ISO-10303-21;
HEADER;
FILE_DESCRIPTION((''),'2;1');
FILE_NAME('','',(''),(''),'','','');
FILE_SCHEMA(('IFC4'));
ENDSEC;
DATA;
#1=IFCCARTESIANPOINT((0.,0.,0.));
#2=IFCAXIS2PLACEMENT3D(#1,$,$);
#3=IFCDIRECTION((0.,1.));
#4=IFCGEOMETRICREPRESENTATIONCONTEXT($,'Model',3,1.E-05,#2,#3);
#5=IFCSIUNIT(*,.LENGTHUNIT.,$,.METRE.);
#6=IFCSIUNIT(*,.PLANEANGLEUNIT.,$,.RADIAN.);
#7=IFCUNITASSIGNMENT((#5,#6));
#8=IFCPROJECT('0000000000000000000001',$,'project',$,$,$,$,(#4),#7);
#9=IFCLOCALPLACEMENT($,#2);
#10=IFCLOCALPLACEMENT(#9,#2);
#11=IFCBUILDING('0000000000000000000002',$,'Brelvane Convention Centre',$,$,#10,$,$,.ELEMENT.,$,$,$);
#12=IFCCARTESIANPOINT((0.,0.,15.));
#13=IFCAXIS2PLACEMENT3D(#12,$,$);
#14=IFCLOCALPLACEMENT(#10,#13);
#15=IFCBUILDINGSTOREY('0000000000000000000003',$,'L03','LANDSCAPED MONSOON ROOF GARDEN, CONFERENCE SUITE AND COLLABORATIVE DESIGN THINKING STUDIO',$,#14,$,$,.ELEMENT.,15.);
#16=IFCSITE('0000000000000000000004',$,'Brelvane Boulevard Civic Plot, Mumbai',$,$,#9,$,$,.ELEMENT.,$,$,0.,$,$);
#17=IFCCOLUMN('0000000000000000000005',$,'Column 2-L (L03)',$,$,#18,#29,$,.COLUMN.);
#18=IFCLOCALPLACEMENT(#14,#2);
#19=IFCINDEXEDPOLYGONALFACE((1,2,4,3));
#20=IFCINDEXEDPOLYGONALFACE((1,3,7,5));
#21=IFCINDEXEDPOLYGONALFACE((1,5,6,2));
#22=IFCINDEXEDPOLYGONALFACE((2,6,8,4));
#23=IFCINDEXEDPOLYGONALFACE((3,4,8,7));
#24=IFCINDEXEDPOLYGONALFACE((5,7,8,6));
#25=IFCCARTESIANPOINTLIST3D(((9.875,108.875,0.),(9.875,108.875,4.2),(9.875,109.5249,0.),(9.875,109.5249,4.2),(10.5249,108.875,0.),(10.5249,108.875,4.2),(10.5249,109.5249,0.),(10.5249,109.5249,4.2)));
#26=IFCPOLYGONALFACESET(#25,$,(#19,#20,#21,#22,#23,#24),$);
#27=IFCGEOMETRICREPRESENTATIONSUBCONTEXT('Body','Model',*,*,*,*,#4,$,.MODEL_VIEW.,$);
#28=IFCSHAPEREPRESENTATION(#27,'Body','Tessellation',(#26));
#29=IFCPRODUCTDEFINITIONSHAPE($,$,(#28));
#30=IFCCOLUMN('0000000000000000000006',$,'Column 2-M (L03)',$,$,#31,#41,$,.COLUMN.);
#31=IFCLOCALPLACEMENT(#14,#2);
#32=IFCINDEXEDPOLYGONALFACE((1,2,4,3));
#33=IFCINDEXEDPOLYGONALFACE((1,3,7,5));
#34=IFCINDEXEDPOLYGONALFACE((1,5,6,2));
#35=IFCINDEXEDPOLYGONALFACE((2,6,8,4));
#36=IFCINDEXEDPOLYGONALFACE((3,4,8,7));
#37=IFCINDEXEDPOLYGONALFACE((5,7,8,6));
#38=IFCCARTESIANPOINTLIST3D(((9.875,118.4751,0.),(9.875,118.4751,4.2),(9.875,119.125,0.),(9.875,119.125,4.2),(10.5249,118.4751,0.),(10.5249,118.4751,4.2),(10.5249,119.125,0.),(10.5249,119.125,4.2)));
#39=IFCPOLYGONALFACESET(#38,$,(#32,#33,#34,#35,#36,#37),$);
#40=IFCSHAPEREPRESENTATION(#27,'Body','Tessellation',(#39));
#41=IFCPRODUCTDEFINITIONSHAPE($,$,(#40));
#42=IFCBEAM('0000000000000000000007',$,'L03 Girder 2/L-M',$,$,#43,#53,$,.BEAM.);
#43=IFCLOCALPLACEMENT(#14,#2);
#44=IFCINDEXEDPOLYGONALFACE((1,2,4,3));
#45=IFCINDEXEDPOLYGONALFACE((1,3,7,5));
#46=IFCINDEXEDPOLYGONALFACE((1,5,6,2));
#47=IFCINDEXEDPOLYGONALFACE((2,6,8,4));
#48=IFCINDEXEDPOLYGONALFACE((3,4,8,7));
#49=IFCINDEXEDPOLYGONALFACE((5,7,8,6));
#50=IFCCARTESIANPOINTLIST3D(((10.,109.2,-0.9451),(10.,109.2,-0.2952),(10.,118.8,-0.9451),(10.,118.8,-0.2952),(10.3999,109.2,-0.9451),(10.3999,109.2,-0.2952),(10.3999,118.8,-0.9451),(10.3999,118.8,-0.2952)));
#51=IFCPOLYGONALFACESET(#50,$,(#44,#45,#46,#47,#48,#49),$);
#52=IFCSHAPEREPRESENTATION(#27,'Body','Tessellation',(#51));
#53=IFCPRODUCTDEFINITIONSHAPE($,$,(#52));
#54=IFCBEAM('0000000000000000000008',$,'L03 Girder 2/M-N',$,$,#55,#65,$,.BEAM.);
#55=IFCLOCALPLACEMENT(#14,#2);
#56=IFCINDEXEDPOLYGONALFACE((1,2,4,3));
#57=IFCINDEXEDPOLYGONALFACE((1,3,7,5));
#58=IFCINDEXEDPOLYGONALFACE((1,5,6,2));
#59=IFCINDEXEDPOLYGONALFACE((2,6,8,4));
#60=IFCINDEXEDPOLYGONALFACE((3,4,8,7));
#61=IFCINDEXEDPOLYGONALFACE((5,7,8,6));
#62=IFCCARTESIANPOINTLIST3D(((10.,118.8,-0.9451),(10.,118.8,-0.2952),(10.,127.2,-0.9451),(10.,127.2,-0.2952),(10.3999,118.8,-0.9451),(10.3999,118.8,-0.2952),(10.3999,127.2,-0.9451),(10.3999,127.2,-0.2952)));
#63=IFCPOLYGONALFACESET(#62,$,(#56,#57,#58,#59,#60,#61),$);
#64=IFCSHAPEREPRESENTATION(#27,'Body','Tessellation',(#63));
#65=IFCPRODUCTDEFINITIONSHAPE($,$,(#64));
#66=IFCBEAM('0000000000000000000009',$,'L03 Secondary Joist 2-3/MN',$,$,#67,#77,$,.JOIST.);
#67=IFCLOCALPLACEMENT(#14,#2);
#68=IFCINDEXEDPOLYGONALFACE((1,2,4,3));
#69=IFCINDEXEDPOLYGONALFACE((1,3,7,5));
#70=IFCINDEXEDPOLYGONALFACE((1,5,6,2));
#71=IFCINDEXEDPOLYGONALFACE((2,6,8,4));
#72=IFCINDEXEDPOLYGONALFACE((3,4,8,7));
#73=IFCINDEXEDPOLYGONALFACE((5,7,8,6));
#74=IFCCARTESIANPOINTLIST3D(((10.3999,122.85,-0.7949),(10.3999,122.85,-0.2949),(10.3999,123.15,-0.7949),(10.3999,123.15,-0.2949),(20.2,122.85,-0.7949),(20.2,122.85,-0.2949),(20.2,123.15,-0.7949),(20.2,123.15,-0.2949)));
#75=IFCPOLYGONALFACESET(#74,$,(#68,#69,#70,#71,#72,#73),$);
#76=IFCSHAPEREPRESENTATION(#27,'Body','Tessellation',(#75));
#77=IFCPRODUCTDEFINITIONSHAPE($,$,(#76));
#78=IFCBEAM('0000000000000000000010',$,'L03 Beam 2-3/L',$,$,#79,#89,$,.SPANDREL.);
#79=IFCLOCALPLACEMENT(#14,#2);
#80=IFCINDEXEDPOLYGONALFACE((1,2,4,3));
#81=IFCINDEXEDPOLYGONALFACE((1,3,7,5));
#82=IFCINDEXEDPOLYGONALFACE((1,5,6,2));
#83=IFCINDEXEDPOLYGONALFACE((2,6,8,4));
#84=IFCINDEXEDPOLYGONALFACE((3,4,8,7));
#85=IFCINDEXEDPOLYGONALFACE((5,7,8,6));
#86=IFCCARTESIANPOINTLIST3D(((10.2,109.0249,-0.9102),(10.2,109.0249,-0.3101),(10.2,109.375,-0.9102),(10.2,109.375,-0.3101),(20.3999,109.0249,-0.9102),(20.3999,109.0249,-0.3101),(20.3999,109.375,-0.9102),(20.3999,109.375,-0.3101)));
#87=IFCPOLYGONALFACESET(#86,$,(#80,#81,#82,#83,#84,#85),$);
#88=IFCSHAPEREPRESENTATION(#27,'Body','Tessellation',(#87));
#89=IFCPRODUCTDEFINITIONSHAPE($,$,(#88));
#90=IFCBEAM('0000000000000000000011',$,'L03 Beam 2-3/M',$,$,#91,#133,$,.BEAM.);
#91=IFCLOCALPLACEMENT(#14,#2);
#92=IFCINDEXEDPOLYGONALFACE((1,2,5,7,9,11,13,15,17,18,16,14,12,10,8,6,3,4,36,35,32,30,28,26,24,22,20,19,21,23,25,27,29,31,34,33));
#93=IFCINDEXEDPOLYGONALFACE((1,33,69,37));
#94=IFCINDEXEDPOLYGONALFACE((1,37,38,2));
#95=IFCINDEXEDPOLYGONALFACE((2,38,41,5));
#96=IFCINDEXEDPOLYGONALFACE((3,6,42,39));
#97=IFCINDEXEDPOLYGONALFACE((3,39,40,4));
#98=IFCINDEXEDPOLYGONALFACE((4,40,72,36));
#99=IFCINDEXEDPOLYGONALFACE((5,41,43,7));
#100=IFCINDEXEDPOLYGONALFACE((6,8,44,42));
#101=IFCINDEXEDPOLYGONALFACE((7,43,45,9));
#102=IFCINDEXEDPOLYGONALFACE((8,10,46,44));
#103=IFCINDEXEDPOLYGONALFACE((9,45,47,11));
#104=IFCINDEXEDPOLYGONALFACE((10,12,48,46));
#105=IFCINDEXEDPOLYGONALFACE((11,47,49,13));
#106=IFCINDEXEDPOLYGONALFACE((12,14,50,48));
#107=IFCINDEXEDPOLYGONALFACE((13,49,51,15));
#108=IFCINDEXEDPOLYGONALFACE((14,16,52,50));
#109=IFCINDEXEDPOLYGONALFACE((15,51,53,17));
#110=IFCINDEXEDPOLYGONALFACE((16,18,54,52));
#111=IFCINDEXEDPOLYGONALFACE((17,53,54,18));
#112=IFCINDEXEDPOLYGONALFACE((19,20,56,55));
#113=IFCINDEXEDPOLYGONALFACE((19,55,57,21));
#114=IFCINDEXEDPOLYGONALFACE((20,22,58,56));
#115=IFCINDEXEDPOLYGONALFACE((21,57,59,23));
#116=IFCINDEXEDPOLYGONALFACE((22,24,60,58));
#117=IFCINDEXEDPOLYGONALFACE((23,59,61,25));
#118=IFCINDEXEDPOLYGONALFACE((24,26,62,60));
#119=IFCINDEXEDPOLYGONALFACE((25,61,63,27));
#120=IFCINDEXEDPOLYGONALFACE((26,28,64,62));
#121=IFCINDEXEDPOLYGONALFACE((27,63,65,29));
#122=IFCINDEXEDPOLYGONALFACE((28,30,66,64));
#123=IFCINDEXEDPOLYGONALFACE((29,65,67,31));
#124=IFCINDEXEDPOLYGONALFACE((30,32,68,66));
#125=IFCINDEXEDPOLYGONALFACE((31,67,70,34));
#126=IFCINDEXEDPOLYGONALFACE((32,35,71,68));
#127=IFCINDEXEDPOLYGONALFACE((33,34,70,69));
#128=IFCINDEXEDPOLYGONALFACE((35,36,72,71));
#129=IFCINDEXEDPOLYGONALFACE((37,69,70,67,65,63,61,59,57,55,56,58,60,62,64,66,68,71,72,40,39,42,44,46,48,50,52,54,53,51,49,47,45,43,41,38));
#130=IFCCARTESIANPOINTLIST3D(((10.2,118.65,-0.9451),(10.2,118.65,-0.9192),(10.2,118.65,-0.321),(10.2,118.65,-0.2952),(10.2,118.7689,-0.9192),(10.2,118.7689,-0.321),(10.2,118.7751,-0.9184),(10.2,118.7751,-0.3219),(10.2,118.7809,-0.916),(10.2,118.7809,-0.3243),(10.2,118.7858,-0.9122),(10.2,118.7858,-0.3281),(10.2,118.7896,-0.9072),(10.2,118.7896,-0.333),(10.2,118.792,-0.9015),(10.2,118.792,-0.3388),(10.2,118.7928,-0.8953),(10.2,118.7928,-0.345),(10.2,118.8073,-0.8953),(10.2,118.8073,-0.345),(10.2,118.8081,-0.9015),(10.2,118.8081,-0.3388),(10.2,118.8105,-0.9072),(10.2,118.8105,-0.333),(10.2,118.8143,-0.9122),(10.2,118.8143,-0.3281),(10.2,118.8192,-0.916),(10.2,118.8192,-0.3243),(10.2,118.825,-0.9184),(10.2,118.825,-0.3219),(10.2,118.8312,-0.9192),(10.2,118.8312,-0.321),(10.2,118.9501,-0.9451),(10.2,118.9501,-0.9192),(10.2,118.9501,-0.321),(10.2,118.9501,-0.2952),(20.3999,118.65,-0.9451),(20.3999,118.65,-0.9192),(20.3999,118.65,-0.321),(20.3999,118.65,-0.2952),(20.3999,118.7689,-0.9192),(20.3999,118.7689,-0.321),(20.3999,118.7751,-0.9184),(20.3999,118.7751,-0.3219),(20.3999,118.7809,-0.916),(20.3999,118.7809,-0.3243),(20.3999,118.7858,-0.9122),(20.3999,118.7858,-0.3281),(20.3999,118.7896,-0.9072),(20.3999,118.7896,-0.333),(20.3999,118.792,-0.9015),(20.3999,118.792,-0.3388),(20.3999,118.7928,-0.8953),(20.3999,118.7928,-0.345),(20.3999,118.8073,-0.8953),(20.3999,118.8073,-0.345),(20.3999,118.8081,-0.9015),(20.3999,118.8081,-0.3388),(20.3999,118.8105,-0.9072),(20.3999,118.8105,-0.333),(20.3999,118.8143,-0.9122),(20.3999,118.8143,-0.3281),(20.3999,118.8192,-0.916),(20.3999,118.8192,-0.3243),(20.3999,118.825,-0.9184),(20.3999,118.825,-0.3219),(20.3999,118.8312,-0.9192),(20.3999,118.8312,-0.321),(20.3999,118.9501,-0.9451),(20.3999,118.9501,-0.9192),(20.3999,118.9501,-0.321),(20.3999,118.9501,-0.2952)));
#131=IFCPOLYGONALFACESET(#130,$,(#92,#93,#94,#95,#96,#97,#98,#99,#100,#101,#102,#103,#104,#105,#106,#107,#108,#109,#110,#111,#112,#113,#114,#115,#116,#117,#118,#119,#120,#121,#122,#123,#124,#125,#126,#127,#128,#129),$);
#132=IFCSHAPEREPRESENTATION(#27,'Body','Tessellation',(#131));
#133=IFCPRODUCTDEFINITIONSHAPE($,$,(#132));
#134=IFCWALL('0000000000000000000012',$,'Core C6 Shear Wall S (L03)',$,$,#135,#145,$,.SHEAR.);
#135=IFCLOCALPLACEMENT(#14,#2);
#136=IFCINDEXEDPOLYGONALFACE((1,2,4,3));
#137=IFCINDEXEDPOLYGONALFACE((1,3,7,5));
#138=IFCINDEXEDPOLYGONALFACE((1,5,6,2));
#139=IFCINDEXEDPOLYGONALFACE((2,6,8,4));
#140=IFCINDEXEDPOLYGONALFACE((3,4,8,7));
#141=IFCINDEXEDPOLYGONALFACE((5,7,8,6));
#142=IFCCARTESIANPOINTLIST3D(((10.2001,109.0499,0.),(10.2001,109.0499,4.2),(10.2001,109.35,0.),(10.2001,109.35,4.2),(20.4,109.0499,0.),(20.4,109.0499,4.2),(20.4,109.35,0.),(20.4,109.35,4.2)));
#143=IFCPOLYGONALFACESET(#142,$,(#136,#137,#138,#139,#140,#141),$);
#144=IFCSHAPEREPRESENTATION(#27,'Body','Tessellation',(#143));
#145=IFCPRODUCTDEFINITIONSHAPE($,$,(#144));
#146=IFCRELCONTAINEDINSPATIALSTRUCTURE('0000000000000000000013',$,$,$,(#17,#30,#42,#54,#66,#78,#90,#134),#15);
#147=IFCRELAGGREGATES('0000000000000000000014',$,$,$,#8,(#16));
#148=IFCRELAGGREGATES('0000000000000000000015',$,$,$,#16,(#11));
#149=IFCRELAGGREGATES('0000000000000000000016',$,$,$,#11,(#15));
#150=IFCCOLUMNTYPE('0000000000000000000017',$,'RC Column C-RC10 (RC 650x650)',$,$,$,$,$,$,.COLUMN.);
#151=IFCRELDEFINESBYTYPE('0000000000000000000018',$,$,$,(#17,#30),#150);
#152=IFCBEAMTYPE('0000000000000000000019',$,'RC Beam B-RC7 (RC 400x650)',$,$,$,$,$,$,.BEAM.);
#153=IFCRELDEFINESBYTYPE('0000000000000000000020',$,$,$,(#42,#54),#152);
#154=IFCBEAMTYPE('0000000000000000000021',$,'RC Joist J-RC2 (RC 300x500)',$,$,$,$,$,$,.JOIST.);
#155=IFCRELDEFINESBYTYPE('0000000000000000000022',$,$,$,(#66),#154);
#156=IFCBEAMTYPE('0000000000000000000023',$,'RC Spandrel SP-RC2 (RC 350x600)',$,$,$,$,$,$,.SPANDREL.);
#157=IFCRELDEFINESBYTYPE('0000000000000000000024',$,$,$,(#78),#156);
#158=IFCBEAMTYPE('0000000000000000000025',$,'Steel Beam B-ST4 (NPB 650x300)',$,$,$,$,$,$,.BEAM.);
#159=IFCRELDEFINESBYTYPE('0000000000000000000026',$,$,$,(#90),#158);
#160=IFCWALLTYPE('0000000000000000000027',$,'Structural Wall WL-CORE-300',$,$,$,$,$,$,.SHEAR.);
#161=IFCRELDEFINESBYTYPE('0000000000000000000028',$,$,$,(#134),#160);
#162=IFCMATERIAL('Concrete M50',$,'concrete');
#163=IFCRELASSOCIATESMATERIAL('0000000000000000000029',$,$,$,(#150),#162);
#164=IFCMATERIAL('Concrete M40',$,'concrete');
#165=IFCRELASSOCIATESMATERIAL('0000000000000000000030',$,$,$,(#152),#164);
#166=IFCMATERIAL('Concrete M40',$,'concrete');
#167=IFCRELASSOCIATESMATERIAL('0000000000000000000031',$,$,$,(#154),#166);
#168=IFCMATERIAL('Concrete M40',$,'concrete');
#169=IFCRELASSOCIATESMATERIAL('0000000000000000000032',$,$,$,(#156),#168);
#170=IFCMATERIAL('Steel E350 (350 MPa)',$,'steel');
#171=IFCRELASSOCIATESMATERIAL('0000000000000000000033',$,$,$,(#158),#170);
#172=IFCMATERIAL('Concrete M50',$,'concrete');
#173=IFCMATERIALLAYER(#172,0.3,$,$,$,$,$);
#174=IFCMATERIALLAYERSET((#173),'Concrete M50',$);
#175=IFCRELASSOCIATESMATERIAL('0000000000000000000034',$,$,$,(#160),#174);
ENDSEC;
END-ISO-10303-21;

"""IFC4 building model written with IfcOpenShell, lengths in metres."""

from ifc_helpers import new_model, si_unit, direction, frame, frame_2d, origin, origin_2d, place, context, subcontext, project, spatial, rectangle, i_section, extrude, material, layer, layer_set, material_profile, profile_set, type_object, element, save


model = new_model("IFC4")

# Units and contexts
model_context = context("Model", 3, precision=1e-05, world=origin(), true_north=direction((0.0, 1.0)))
body_context = subcontext(model_context, "Body", "Model", "MODEL_VIEW")
ifc_project = project(units=[si_unit("LENGTHUNIT", "METRE"), si_unit("PLANEANGLEUNIT", "RADIAN")], contexts=[model_context])

# Site, building, storey
site_placement = place(None, origin())
site = spatial("IfcSite", under=ifc_project, at=site_placement, Name="Brelvane Boulevard Civic Plot, Mumbai", CompositionType="ELEMENT", RefElevation=0.0)
building_placement = place(site_placement, origin())
building = spatial("IfcBuilding", under=site, at=building_placement, Name="Brelvane Convention Centre", CompositionType="ELEMENT")
storey_placement = place(building_placement, frame((0.0, 0.0, 15.0)))
storey = spatial("IfcBuildingStorey", under=building, at=storey_placement, Name="L03", Description="LANDSCAPED MONSOON ROOF GARDEN, CONFERENCE SUITE AND COLLABORATIVE DESIGN THINKING STUDIO", CompositionType="ELEMENT", Elevation=15.0)

# Columns
ifc_material_1 = material(Name="Concrete M50", Category="concrete")
ifc_material_profile_1 = material_profile(ifc_material_1, rectangle(XDim=0.6499, YDim=0.6499, at=origin_2d()), Name="RC 650x650")
ifc_profile_set_1 = profile_set([ifc_material_profile_1], Name="Concrete M50")
column_type = type_object("IfcColumnType", Name="RC Column C-RC10 (RC 650x650)", PredefinedType="COLUMN", material=ifc_profile_set_1)
for number, where, z_axis, x_axis, name in (
    (1, (10.2, 109.2, 0.0), (0.0, 0.0, 1.0), (1.0, 0.0, 0.0), "Column 2-L (L03)"),
    (2, (10.2, 118.8, 0.0), (0.0, 0.0, 1.0), (1.0, 0.0, 0.0), "Column 2-M (L03)"),
):
    element("IfcColumn", number, at=place(storey_placement, frame(where, z_axis=z_axis, x_axis=x_axis)), inside=storey, type_object=column_type, Name=name, PredefinedType="COLUMN", context=body_context, shape_type="SweptSolid", body=[
        extrude(rectangle(XDim=0.6499, YDim=0.6499, at=origin_2d()), origin(), (0.0, 0.0, 1.0), 4.2),
    ])

# Beams
ifc_material_2 = material(Name="Concrete M40", Category="concrete")
ifc_material_profile_2 = material_profile(ifc_material_2, rectangle(XDim=0.3999, YDim=0.6499, at=origin_2d()), Name="RC 400x650")
ifc_profile_set_2 = profile_set([ifc_material_profile_2], Name="Concrete M40")
beam_type_1 = type_object("IfcBeamType", Name="RC Beam B-RC7 (RC 400x650)", PredefinedType="BEAM", material=ifc_profile_set_2)
beam_1_placement = place(storey_placement, frame((10.2, 109.2, -0.6201), z_axis=(0.0, 1.0, 0.0), x_axis=(-1.0, 0.0, 0.0)))
element("IfcBeam", 3, at=beam_1_placement, inside=storey, type_object=beam_type_1, Name="L03 Girder 2/L-M", PredefinedType="BEAM", context=body_context, shape_type="SweptSolid", body=[
    extrude(rectangle(XDim=0.3999, YDim=0.6499, at=origin_2d()), origin(), (0.0, 0.0, 1.0), 9.6001),
])
beam_2_placement = place(storey_placement, frame((10.2, 118.8, -0.6201), z_axis=(0.0, 1.0, 0.0), x_axis=(-1.0, 0.0, 0.0)))
element("IfcBeam", 4, at=beam_2_placement, inside=storey, type_object=beam_type_1, Name="L03 Girder 2/M-N", PredefinedType="BEAM", context=body_context, shape_type="SweptSolid", body=[
    extrude(rectangle(XDim=0.3999, YDim=0.6499, at=origin_2d()), origin(), (0.0, 0.0, 1.0), 8.3999),
])
ifc_material_3 = material(Name="Concrete M40", Category="concrete")
ifc_material_profile_3 = material_profile(ifc_material_3, rectangle(XDim=0.3, YDim=0.5, at=origin_2d()), Name="RC 300x500")
ifc_profile_set_3 = profile_set([ifc_material_profile_3], Name="Concrete M40")
beam_type_2 = type_object("IfcBeamType", Name="RC Joist J-RC2 (RC 300x500)", PredefinedType="JOIST", material=ifc_profile_set_3)
beam_3_placement = place(storey_placement, frame((10.3999, 123.0, -0.5449), z_axis=(1.0, 0.0, 0.0), x_axis=(0.0, 1.0, 0.0)))
element("IfcBeam", 5, at=beam_3_placement, inside=storey, type_object=beam_type_2, Name="L03 Secondary Joist 2-3/MN", PredefinedType="JOIST", context=body_context, shape_type="SweptSolid", body=[
    extrude(rectangle(XDim=0.3, YDim=0.5, at=origin_2d()), origin(), (0.0, 0.0, 1.0), 9.8),
])
ifc_material_4 = material(Name="Concrete M40", Category="concrete")
ifc_material_profile_4 = material_profile(ifc_material_4, rectangle(XDim=0.3501, YDim=0.6001, at=origin_2d()), Name="RC 350x600")
ifc_profile_set_4 = profile_set([ifc_material_profile_4], Name="Concrete M40")
beam_type_3 = type_object("IfcBeamType", Name="RC Spandrel SP-RC2 (RC 350x600)", PredefinedType="SPANDREL", material=ifc_profile_set_4)
beam_4_placement = place(storey_placement, frame((10.2, 109.2, -0.6101), z_axis=(1.0, 0.0, 0.0), x_axis=(0.0, 1.0, 0.0)))
element("IfcBeam", 6, at=beam_4_placement, inside=storey, type_object=beam_type_3, Name="L03 Beam 2-3/L", PredefinedType="SPANDREL", context=body_context, shape_type="SweptSolid", body=[
    extrude(rectangle(XDim=0.3501, YDim=0.6001, at=origin_2d()), origin(), (0.0, 0.0, 1.0), 10.2),
])
ifc_material_5 = material(Name="Steel E350 (350 MPa)", Category="steel")
ifc_material_profile_5 = material_profile(ifc_material_5, i_section(OverallWidth=0.3, OverallDepth=0.6499, WebThickness=0.0144, FlangeThickness=0.0259, FilletRadius=0.0239, at=origin_2d()), Name="NPB 650x300")
ifc_profile_set_5 = profile_set([ifc_material_profile_5], Name="Steel E350 (350 MPa)")
beam_type_4 = type_object("IfcBeamType", Name="Steel Beam B-ST4 (NPB 650x300)", PredefinedType="BEAM", material=ifc_profile_set_5)
beam_5_placement = place(storey_placement, frame((10.2, 118.8, -0.6201), z_axis=(1.0, 0.0, 0.0), x_axis=(0.0, 1.0, 0.0)))
element("IfcBeam", 7, at=beam_5_placement, inside=storey, type_object=beam_type_4, Name="L03 Beam 2-3/M", PredefinedType="BEAM", context=body_context, shape_type="SweptSolid", body=[
    extrude(i_section(OverallWidth=0.3, OverallDepth=0.6499, WebThickness=0.0144, FlangeThickness=0.0259, FilletRadius=0.0239, at=origin_2d()), origin(), (0.0, 0.0, 1.0), 10.2),
])

# Wall
ifc_material_6 = material(Name="Concrete M50", Category="concrete")
ifc_layer = layer(ifc_material_6, 0.3)
ifc_layer_set = layer_set([ifc_layer], Name="Concrete M50")
wall_type = type_object("IfcWallType", Name="Structural Wall WL-CORE-300", PredefinedType="SHEAR", material=ifc_layer_set)
wall_1_placement = place(storey_placement, frame((10.2, 109.2, 0.0), z_axis=(0.0, 0.0, 1.0), x_axis=(1.0, 0.0, 0.0)))
element("IfcWall", 8, at=wall_1_placement, inside=storey, type_object=wall_type, Name="Core C6 Shear Wall S (L03)", PredefinedType="SHEAR", context=body_context, shape_type="SweptSolid", body=[
    extrude(rectangle(XDim=10.2, YDim=0.3, at=frame_2d((5.1001, 0.0))), origin(), (0.0, 0.0, 1.0), 4.2),
])

save(model, "model.ifc")
